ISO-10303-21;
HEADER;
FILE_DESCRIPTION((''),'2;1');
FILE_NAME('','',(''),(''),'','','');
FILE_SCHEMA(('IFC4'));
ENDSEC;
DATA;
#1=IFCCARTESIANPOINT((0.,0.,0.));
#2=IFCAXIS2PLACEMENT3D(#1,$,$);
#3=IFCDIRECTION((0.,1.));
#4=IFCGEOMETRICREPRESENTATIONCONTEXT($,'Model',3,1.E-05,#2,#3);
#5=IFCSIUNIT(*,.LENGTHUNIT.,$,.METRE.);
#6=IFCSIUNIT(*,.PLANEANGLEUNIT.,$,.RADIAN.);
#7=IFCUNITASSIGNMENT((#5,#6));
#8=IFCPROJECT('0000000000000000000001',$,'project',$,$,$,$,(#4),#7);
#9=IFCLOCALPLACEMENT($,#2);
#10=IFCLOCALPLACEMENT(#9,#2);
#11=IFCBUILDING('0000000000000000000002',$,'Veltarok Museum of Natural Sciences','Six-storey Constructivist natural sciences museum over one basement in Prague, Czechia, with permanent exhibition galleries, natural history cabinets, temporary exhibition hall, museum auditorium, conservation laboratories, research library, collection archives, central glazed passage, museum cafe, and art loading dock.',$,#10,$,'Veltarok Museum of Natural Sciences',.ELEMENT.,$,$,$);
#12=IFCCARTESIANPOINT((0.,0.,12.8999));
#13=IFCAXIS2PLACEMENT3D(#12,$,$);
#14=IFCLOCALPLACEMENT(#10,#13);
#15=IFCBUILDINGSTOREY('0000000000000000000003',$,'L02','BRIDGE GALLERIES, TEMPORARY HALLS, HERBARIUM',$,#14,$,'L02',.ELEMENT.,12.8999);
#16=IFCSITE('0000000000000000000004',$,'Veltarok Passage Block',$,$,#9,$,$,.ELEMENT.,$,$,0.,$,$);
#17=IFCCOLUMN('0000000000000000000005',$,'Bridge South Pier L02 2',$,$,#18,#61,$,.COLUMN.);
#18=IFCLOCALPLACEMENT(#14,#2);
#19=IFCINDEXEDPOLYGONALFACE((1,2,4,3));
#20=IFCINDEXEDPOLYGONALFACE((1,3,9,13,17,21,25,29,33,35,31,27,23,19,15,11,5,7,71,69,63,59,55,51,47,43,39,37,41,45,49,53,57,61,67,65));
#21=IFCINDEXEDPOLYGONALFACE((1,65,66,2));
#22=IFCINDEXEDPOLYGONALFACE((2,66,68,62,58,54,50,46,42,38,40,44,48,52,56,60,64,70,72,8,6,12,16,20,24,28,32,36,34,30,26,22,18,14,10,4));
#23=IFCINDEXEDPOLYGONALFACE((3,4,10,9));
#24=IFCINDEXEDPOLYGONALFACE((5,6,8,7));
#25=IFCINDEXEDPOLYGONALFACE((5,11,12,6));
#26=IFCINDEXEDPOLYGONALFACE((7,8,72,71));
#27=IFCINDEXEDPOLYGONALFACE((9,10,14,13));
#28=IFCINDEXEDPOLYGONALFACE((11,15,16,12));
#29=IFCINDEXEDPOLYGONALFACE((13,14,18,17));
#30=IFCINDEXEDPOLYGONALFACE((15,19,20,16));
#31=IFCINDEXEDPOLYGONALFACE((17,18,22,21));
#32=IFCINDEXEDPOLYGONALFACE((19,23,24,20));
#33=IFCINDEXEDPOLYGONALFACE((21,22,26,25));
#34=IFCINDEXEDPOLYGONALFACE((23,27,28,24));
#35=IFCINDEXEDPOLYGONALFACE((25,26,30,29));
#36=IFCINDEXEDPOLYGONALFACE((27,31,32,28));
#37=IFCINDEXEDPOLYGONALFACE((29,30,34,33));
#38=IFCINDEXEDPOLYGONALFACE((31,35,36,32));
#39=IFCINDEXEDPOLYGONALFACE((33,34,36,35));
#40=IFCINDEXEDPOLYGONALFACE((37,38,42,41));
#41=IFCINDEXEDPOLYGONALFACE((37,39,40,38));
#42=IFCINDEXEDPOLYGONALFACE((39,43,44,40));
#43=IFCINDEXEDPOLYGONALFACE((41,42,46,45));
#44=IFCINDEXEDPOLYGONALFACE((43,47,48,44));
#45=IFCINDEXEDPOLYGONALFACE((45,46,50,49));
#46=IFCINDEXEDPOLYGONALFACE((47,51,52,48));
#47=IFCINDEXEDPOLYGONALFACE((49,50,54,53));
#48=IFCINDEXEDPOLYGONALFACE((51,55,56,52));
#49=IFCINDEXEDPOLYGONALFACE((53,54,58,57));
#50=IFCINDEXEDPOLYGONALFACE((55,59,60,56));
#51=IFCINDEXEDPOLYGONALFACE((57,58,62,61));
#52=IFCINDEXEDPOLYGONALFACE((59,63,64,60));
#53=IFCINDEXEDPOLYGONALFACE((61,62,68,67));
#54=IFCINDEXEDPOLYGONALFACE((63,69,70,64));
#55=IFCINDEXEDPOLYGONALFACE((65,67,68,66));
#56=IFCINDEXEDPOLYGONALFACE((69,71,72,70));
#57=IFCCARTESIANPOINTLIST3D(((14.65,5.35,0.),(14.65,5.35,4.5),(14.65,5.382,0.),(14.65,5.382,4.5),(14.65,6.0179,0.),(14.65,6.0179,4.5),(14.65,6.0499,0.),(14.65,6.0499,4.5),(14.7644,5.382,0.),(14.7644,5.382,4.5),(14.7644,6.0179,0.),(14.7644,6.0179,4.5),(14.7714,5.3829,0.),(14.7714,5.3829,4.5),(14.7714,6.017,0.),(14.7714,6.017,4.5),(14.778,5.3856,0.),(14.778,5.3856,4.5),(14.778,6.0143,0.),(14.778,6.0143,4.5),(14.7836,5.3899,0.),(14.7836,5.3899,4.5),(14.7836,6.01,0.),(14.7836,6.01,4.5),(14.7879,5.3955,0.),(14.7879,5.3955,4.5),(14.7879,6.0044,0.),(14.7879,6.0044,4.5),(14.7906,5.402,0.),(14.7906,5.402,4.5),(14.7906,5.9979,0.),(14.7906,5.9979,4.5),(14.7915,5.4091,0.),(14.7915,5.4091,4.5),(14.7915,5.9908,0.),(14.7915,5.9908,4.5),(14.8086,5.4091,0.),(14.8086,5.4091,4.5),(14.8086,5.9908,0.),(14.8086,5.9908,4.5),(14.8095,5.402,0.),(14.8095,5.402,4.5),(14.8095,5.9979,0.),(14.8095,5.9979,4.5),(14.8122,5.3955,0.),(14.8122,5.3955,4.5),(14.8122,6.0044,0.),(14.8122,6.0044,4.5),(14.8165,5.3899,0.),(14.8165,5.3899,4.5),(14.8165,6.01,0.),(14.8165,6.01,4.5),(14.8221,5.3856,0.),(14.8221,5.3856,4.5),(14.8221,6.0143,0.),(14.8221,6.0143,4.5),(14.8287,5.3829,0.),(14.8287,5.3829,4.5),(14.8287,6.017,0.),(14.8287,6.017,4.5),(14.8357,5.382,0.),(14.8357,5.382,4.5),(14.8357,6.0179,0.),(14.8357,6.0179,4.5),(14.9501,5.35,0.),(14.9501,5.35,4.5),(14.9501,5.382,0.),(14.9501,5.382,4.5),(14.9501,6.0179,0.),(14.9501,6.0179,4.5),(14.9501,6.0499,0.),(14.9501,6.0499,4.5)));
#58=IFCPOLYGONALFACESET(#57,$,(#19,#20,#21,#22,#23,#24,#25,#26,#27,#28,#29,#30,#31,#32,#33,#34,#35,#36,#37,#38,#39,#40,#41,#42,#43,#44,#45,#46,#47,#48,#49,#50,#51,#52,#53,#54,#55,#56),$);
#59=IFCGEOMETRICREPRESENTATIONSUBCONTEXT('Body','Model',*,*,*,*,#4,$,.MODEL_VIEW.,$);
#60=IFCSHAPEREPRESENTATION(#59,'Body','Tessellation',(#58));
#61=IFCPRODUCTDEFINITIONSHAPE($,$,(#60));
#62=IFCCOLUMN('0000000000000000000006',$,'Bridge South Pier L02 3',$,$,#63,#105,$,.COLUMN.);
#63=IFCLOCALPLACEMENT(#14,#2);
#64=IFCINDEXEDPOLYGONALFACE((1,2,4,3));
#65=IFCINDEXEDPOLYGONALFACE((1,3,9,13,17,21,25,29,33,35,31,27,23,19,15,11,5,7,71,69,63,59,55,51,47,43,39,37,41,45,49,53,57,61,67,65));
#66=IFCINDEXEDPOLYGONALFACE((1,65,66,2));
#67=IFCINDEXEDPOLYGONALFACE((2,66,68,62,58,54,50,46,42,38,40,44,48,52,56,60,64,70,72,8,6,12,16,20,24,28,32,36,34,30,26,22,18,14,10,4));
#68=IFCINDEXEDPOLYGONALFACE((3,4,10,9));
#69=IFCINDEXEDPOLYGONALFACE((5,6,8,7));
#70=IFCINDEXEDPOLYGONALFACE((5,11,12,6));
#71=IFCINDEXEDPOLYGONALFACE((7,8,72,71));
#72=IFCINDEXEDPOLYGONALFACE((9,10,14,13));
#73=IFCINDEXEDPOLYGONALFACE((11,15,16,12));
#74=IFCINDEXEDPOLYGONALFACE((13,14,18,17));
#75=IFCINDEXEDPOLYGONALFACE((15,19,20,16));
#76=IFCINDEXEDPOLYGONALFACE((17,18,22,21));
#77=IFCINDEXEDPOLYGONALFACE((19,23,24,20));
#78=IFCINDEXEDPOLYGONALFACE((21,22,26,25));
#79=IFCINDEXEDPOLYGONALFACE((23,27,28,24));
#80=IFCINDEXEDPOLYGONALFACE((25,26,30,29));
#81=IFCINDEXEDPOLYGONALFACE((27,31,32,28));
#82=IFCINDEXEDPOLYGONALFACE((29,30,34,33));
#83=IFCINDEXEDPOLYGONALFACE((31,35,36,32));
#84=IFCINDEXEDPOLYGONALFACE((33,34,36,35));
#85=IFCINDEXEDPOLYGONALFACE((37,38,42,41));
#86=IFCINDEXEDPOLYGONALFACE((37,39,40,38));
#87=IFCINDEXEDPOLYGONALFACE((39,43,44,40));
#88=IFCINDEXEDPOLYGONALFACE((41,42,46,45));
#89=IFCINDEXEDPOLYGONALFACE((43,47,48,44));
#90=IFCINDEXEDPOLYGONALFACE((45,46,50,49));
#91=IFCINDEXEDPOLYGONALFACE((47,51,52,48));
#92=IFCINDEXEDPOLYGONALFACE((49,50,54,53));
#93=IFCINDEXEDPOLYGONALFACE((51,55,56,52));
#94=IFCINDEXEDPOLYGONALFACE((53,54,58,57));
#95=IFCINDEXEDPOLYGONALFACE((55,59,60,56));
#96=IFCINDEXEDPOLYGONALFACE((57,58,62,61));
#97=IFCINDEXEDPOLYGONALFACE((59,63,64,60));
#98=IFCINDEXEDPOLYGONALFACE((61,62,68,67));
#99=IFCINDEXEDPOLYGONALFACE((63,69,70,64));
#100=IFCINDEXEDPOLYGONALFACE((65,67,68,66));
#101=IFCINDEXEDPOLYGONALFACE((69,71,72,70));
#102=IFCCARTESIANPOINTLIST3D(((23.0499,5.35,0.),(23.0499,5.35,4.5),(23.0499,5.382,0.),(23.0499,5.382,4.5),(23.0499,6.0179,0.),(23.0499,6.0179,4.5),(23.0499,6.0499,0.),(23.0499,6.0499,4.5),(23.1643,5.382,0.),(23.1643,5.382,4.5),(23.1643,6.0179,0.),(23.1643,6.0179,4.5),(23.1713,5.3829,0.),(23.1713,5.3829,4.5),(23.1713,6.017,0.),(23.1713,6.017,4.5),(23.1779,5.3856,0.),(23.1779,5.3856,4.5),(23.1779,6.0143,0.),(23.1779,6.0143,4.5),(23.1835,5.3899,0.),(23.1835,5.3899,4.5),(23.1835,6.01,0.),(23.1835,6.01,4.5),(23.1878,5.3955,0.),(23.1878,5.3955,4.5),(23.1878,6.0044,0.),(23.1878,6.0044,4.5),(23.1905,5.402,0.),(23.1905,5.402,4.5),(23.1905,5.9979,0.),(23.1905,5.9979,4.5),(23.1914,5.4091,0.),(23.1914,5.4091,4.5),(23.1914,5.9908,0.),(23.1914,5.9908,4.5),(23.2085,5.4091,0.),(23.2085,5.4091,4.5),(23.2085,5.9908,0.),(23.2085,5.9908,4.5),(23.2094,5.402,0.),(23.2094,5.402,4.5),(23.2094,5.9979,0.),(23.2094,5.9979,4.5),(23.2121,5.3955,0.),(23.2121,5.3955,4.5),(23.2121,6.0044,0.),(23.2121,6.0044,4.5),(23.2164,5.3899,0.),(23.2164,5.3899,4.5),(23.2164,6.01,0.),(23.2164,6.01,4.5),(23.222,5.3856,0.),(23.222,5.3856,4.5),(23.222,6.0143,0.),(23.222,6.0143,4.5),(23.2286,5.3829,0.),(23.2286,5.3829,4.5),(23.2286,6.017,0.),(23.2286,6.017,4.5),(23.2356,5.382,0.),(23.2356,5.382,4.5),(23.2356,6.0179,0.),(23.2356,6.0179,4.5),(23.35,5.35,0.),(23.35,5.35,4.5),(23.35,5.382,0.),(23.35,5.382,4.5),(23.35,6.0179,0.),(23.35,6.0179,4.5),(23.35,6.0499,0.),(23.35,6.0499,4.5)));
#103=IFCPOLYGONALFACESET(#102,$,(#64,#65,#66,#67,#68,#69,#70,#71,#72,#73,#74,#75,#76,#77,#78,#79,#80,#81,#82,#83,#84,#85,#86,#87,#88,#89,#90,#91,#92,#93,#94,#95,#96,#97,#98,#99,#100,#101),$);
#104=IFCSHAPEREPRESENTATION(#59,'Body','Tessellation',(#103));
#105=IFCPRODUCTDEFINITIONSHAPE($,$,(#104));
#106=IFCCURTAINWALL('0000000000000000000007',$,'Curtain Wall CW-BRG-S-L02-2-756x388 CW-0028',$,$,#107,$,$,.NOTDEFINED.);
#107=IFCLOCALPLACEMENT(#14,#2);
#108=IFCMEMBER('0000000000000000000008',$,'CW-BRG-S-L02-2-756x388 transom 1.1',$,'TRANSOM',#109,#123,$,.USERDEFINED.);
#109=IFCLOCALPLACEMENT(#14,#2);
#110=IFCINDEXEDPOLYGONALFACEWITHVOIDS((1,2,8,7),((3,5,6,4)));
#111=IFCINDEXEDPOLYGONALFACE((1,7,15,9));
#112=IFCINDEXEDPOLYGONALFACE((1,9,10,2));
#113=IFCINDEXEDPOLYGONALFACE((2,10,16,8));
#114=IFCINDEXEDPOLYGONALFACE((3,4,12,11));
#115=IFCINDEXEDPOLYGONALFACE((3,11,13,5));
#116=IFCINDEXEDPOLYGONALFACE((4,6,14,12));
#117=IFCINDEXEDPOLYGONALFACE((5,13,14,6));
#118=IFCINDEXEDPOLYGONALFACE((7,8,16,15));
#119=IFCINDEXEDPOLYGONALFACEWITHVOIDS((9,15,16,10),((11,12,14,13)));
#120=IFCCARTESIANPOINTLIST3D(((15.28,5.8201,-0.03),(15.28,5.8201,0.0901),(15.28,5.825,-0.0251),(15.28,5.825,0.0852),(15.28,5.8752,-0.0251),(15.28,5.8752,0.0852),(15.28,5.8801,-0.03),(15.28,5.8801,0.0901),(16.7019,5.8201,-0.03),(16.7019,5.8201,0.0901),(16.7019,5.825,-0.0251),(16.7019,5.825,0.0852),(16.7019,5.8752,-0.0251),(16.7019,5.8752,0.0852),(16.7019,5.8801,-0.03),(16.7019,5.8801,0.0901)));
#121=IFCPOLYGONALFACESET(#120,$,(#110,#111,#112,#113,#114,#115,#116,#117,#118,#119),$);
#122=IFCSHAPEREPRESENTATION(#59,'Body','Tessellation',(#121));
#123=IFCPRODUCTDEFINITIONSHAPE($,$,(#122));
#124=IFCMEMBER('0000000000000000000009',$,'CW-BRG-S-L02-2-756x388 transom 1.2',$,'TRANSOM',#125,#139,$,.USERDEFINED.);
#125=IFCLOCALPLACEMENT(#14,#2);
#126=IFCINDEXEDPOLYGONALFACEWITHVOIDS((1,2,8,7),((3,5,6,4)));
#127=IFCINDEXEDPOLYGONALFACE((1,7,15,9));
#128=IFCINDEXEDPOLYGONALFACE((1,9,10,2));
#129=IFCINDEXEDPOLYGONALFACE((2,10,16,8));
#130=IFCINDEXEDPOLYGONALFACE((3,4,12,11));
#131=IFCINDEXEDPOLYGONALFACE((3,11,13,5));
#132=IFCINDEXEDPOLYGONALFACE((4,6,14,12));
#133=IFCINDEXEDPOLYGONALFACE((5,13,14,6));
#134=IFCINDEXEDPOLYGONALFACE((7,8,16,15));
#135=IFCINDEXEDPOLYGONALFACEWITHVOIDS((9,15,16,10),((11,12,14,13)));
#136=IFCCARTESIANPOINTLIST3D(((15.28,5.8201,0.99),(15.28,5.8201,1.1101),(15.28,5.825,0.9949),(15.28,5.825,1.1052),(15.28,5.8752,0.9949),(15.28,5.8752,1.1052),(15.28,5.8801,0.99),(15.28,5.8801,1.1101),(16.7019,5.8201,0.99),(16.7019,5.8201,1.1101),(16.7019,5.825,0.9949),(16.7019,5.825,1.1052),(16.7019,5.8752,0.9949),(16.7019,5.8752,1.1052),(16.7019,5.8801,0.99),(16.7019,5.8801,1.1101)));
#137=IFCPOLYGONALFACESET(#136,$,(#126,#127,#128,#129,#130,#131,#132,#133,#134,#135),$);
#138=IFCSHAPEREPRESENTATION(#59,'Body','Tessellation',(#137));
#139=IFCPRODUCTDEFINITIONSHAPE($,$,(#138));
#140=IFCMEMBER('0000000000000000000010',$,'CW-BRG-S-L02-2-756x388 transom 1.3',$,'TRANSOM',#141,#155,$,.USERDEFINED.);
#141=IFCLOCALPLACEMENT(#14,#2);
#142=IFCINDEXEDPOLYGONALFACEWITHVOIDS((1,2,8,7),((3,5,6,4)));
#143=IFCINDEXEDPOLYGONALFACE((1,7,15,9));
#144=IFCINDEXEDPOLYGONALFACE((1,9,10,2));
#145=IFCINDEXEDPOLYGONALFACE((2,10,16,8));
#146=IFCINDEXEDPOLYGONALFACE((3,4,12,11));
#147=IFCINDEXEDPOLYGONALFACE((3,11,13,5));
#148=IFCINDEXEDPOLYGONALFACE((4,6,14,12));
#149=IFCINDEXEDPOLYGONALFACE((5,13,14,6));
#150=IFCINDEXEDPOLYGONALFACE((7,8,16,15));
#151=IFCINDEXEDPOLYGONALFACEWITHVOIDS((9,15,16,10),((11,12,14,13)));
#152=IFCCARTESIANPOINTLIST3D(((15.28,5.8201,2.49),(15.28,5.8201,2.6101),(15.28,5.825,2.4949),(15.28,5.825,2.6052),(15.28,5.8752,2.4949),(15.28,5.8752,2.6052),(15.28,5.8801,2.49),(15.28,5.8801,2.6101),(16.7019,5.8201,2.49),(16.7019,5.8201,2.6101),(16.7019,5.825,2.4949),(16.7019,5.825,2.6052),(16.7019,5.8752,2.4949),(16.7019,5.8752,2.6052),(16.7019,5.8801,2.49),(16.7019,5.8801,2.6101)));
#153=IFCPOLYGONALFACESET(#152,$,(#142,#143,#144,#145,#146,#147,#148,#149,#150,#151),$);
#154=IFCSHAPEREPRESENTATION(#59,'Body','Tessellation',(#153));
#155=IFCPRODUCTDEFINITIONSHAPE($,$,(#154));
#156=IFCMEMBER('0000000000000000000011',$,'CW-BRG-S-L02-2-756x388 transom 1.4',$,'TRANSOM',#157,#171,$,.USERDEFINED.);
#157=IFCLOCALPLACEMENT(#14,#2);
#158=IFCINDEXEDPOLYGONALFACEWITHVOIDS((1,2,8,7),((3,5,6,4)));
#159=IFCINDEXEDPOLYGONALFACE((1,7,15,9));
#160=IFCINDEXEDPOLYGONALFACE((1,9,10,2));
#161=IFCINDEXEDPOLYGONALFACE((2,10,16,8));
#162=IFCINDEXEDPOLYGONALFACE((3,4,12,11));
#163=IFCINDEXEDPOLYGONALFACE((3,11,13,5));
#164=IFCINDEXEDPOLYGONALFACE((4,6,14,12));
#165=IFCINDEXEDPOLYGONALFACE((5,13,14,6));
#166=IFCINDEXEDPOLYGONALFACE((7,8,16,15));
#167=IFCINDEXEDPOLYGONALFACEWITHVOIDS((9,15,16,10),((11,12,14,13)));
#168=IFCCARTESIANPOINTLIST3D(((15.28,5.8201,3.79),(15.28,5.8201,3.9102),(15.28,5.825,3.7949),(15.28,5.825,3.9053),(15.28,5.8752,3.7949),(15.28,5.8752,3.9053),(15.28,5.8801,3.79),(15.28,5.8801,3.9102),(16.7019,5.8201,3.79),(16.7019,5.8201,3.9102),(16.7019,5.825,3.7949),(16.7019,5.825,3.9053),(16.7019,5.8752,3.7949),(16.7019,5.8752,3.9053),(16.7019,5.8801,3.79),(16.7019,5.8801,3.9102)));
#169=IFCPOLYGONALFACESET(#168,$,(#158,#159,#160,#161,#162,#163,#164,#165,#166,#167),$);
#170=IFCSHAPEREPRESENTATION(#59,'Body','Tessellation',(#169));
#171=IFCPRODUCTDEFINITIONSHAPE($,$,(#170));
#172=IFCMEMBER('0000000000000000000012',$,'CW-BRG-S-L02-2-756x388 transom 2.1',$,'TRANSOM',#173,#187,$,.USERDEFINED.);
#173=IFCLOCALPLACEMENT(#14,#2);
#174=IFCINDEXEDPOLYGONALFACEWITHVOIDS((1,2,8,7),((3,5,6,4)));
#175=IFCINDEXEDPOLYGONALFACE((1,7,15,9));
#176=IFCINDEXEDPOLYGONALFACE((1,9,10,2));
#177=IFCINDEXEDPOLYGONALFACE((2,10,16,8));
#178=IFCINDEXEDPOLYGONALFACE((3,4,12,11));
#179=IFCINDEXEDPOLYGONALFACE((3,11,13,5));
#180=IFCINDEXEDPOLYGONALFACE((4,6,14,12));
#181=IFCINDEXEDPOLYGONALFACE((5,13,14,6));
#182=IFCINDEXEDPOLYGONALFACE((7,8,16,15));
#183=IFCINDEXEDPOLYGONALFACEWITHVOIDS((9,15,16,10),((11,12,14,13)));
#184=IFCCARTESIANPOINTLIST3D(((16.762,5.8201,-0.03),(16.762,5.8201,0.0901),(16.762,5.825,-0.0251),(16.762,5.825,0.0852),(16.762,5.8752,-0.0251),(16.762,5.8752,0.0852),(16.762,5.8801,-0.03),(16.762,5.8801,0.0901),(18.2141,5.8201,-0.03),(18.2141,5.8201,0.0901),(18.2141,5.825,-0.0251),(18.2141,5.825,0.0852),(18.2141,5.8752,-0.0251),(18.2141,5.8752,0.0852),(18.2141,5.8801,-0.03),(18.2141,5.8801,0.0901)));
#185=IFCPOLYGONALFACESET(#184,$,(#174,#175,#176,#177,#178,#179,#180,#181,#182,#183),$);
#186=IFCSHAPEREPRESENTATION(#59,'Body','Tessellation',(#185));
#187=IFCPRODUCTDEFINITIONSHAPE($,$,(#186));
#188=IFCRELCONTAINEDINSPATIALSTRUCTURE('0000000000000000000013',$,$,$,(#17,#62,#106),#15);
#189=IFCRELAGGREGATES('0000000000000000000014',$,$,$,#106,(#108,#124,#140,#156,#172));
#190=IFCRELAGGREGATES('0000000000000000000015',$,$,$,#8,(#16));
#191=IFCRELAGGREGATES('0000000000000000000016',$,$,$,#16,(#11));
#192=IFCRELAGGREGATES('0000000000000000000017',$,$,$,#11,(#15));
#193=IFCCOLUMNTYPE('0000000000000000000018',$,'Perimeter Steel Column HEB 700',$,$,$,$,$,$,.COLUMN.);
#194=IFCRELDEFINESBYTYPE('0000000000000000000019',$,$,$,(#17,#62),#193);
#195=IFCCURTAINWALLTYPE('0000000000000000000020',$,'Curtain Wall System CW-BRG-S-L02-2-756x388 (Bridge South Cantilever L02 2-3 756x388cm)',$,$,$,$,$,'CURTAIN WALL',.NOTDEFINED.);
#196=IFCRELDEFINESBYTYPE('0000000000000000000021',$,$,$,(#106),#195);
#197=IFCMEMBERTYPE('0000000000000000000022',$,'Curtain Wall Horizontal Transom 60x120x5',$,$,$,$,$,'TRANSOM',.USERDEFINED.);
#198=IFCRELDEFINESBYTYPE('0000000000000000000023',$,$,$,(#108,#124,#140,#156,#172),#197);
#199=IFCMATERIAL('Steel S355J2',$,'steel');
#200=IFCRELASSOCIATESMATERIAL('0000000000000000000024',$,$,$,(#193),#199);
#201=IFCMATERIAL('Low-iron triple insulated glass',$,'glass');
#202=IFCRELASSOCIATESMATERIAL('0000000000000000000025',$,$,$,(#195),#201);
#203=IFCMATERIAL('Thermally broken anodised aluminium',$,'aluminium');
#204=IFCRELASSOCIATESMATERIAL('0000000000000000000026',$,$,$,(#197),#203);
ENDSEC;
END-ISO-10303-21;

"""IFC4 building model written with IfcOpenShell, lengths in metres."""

from ifc_helpers import new_model, si_unit, direction, frame, origin, origin_2d, place, context, subcontext, project, spatial, hollow_rectangle, i_section, extrude, material, material_profile, profile_set, type_object, element, aggregate, save


model = new_model("IFC4")

# Units and contexts
model_context = context("Model", 3, precision=1e-05, world=origin(), true_north=direction((0.0, 1.0)))
body_context = subcontext(model_context, "Body", "Model", "MODEL_VIEW")
ifc_project = project(units=[si_unit("LENGTHUNIT", "METRE"), si_unit("PLANEANGLEUNIT", "RADIAN")], contexts=[model_context])

# Site, building, storey
site_placement = place(None, origin())
site = spatial("IfcSite", under=ifc_project, at=site_placement, Name="Veltarok Passage Block", CompositionType="ELEMENT", RefElevation=0.0)
building_placement = place(site_placement, origin())
building = spatial("IfcBuilding", under=site, at=building_placement, Name="Veltarok Museum of Natural Sciences", Description="Six-storey Constructivist natural sciences museum over one basement in Prague, Czechia, with permanent exhibition galleries, natural history cabinets, temporary exhibition hall, museum auditorium, conservation laboratories, research library, collection archives, central glazed passage, museum cafe, and art loading dock.", LongName="Veltarok Museum of Natural Sciences", CompositionType="ELEMENT")
storey_placement = place(building_placement, frame((0.0, 0.0, 12.8999)))
storey = spatial("IfcBuildingStorey", under=building, at=storey_placement, Name="L02", Description="BRIDGE GALLERIES, TEMPORARY HALLS, HERBARIUM", LongName="L02", CompositionType="ELEMENT", Elevation=12.8999)

# Columns
ifc_material_1 = material(Name="Steel S355J2", Category="steel")
ifc_material_profile_1 = material_profile(ifc_material_1, i_section(OverallWidth=0.3, OverallDepth=0.7, WebThickness=0.0171, FlangeThickness=0.032, FilletRadius=0.0271, at=origin_2d()), Name="HEB 700")
ifc_profile_set_1 = profile_set([ifc_material_profile_1], Name="Steel S355J2")
column_type = type_object("IfcColumnType", Name="Perimeter Steel Column HEB 700", PredefinedType="COLUMN", material=ifc_profile_set_1)
for number, where, z_axis, x_axis, name in (
    (1, (14.8, 5.7, 0.0), (0.0, 0.0, 1.0), (1.0, 0.0, 0.0), "Bridge South Pier L02 2"),
    (2, (23.2, 5.7, 0.0), (0.0, 0.0, 1.0), (1.0, 0.0, 0.0), "Bridge South Pier L02 3"),
):
    element("IfcColumn", number, at=place(storey_placement, frame(where, z_axis=z_axis, x_axis=x_axis)), inside=storey, type_object=column_type, Name=name, PredefinedType="COLUMN", context=body_context, shape_type="SweptSolid", body=[
        extrude(i_section(OverallWidth=0.3, OverallDepth=0.7, WebThickness=0.0171, FlangeThickness=0.032, FilletRadius=0.0271, at=origin_2d()), origin(), (0.0, 0.0, 1.0), 4.5),
    ])

# Curtain wall, members
ifc_material_2 = material(Name="Low-iron triple insulated glass", Category="glass")
curtain_wall_type = type_object("IfcCurtainWallType", Name="Curtain Wall System CW-BRG-S-L02-2-756x388 (Bridge South Cantilever L02 2-3 756x388cm)", ElementType="CURTAIN WALL", PredefinedType="NOTDEFINED", material=ifc_material_2)
curtain_wall_placement = place(storey_placement, origin())
curtain_wall = element("IfcCurtainWall", 3, at=curtain_wall_placement, inside=storey, type_object=curtain_wall_type, Name="Curtain Wall CW-BRG-S-L02-2-756x388 CW-0028", PredefinedType="NOTDEFINED")
ifc_material_3 = material(Name="Thermally broken anodised aluminium", Category="aluminium")
ifc_material_profile_2 = material_profile(ifc_material_3, hollow_rectangle(XDim=0.0601, YDim=0.1201, WallThickness=0.0049, at=origin_2d()), Name="CW TRANSOM 60x120x5")
ifc_profile_set_2 = profile_set([ifc_material_profile_2], Name="Thermally broken anodised aluminium")
member_type_1 = type_object("IfcMemberType", Name="Curtain Wall Horizontal Transom 60x120x5", ElementType="TRANSOM", PredefinedType="USERDEFINED", material=ifc_profile_set_2)
member_1_placement = place(storey_placement, frame((15.28, 5.8501, 0.03), z_axis=(1.0, 0.0, 0.0), x_axis=(0.0, 1.0, 0.0)))
member_1 = element("IfcMember", 4, at=member_1_placement, type_object=member_type_1, Name="CW-BRG-S-L02-2-756x388 transom 1.1", ObjectType="TRANSOM", PredefinedType="USERDEFINED", context=body_context, shape_type="SweptSolid", body=[
    extrude(hollow_rectangle(XDim=0.0601, YDim=0.1201, WallThickness=0.0049, at=origin_2d()), origin(), (0.0, 0.0, 1.0), 1.4219),
])
member_2_placement = place(storey_placement, frame((15.28, 5.8501, 1.05), z_axis=(1.0, 0.0, 0.0), x_axis=(0.0, 1.0, 0.0)))
member_2 = element("IfcMember", 5, at=member_2_placement, type_object=member_type_1, Name="CW-BRG-S-L02-2-756x388 transom 1.2", ObjectType="TRANSOM", PredefinedType="USERDEFINED", context=body_context, shape_type="SweptSolid", body=[
    extrude(hollow_rectangle(XDim=0.0601, YDim=0.1201, WallThickness=0.0049, at=origin_2d()), origin(), (0.0, 0.0, 1.0), 1.4219),
])
member_3_placement = place(storey_placement, frame((15.28, 5.8501, 2.55), z_axis=(1.0, 0.0, 0.0), x_axis=(0.0, 1.0, 0.0)))
member_3 = element("IfcMember", 6, at=member_3_placement, type_object=member_type_1, Name="CW-BRG-S-L02-2-756x388 transom 1.3", ObjectType="TRANSOM", PredefinedType="USERDEFINED", context=body_context, shape_type="SweptSolid", body=[
    extrude(hollow_rectangle(XDim=0.0601, YDim=0.1201, WallThickness=0.0049, at=origin_2d()), origin(), (0.0, 0.0, 1.0), 1.4219),
])
member_4_placement = place(storey_placement, frame((15.28, 5.8501, 3.8501), z_axis=(1.0, 0.0, 0.0), x_axis=(0.0, 1.0, 0.0)))
member_4 = element("IfcMember", 7, at=member_4_placement, type_object=member_type_1, Name="CW-BRG-S-L02-2-756x388 transom 1.4", ObjectType="TRANSOM", PredefinedType="USERDEFINED", context=body_context, shape_type="SweptSolid", body=[
    extrude(hollow_rectangle(XDim=0.0601, YDim=0.1201, WallThickness=0.0049, at=origin_2d()), origin(), (0.0, 0.0, 1.0), 1.4219),
])
member_5_placement = place(storey_placement, frame((16.762, 5.8501, 0.03), z_axis=(1.0, 0.0, 0.0), x_axis=(0.0, 1.0, 0.0)))
member_5 = element("IfcMember", 8, at=member_5_placement, type_object=member_type_1, Name="CW-BRG-S-L02-2-756x388 transom 2.1", ObjectType="TRANSOM", PredefinedType="USERDEFINED", context=body_context, shape_type="SweptSolid", body=[
    extrude(hollow_rectangle(XDim=0.0601, YDim=0.1201, WallThickness=0.0049, at=origin_2d()), origin(), (0.0, 0.0, 1.0), 1.4521),
])

aggregate(curtain_wall, [member_1, member_2, member_3, member_4, member_5])

save(model, "model.ifc")
